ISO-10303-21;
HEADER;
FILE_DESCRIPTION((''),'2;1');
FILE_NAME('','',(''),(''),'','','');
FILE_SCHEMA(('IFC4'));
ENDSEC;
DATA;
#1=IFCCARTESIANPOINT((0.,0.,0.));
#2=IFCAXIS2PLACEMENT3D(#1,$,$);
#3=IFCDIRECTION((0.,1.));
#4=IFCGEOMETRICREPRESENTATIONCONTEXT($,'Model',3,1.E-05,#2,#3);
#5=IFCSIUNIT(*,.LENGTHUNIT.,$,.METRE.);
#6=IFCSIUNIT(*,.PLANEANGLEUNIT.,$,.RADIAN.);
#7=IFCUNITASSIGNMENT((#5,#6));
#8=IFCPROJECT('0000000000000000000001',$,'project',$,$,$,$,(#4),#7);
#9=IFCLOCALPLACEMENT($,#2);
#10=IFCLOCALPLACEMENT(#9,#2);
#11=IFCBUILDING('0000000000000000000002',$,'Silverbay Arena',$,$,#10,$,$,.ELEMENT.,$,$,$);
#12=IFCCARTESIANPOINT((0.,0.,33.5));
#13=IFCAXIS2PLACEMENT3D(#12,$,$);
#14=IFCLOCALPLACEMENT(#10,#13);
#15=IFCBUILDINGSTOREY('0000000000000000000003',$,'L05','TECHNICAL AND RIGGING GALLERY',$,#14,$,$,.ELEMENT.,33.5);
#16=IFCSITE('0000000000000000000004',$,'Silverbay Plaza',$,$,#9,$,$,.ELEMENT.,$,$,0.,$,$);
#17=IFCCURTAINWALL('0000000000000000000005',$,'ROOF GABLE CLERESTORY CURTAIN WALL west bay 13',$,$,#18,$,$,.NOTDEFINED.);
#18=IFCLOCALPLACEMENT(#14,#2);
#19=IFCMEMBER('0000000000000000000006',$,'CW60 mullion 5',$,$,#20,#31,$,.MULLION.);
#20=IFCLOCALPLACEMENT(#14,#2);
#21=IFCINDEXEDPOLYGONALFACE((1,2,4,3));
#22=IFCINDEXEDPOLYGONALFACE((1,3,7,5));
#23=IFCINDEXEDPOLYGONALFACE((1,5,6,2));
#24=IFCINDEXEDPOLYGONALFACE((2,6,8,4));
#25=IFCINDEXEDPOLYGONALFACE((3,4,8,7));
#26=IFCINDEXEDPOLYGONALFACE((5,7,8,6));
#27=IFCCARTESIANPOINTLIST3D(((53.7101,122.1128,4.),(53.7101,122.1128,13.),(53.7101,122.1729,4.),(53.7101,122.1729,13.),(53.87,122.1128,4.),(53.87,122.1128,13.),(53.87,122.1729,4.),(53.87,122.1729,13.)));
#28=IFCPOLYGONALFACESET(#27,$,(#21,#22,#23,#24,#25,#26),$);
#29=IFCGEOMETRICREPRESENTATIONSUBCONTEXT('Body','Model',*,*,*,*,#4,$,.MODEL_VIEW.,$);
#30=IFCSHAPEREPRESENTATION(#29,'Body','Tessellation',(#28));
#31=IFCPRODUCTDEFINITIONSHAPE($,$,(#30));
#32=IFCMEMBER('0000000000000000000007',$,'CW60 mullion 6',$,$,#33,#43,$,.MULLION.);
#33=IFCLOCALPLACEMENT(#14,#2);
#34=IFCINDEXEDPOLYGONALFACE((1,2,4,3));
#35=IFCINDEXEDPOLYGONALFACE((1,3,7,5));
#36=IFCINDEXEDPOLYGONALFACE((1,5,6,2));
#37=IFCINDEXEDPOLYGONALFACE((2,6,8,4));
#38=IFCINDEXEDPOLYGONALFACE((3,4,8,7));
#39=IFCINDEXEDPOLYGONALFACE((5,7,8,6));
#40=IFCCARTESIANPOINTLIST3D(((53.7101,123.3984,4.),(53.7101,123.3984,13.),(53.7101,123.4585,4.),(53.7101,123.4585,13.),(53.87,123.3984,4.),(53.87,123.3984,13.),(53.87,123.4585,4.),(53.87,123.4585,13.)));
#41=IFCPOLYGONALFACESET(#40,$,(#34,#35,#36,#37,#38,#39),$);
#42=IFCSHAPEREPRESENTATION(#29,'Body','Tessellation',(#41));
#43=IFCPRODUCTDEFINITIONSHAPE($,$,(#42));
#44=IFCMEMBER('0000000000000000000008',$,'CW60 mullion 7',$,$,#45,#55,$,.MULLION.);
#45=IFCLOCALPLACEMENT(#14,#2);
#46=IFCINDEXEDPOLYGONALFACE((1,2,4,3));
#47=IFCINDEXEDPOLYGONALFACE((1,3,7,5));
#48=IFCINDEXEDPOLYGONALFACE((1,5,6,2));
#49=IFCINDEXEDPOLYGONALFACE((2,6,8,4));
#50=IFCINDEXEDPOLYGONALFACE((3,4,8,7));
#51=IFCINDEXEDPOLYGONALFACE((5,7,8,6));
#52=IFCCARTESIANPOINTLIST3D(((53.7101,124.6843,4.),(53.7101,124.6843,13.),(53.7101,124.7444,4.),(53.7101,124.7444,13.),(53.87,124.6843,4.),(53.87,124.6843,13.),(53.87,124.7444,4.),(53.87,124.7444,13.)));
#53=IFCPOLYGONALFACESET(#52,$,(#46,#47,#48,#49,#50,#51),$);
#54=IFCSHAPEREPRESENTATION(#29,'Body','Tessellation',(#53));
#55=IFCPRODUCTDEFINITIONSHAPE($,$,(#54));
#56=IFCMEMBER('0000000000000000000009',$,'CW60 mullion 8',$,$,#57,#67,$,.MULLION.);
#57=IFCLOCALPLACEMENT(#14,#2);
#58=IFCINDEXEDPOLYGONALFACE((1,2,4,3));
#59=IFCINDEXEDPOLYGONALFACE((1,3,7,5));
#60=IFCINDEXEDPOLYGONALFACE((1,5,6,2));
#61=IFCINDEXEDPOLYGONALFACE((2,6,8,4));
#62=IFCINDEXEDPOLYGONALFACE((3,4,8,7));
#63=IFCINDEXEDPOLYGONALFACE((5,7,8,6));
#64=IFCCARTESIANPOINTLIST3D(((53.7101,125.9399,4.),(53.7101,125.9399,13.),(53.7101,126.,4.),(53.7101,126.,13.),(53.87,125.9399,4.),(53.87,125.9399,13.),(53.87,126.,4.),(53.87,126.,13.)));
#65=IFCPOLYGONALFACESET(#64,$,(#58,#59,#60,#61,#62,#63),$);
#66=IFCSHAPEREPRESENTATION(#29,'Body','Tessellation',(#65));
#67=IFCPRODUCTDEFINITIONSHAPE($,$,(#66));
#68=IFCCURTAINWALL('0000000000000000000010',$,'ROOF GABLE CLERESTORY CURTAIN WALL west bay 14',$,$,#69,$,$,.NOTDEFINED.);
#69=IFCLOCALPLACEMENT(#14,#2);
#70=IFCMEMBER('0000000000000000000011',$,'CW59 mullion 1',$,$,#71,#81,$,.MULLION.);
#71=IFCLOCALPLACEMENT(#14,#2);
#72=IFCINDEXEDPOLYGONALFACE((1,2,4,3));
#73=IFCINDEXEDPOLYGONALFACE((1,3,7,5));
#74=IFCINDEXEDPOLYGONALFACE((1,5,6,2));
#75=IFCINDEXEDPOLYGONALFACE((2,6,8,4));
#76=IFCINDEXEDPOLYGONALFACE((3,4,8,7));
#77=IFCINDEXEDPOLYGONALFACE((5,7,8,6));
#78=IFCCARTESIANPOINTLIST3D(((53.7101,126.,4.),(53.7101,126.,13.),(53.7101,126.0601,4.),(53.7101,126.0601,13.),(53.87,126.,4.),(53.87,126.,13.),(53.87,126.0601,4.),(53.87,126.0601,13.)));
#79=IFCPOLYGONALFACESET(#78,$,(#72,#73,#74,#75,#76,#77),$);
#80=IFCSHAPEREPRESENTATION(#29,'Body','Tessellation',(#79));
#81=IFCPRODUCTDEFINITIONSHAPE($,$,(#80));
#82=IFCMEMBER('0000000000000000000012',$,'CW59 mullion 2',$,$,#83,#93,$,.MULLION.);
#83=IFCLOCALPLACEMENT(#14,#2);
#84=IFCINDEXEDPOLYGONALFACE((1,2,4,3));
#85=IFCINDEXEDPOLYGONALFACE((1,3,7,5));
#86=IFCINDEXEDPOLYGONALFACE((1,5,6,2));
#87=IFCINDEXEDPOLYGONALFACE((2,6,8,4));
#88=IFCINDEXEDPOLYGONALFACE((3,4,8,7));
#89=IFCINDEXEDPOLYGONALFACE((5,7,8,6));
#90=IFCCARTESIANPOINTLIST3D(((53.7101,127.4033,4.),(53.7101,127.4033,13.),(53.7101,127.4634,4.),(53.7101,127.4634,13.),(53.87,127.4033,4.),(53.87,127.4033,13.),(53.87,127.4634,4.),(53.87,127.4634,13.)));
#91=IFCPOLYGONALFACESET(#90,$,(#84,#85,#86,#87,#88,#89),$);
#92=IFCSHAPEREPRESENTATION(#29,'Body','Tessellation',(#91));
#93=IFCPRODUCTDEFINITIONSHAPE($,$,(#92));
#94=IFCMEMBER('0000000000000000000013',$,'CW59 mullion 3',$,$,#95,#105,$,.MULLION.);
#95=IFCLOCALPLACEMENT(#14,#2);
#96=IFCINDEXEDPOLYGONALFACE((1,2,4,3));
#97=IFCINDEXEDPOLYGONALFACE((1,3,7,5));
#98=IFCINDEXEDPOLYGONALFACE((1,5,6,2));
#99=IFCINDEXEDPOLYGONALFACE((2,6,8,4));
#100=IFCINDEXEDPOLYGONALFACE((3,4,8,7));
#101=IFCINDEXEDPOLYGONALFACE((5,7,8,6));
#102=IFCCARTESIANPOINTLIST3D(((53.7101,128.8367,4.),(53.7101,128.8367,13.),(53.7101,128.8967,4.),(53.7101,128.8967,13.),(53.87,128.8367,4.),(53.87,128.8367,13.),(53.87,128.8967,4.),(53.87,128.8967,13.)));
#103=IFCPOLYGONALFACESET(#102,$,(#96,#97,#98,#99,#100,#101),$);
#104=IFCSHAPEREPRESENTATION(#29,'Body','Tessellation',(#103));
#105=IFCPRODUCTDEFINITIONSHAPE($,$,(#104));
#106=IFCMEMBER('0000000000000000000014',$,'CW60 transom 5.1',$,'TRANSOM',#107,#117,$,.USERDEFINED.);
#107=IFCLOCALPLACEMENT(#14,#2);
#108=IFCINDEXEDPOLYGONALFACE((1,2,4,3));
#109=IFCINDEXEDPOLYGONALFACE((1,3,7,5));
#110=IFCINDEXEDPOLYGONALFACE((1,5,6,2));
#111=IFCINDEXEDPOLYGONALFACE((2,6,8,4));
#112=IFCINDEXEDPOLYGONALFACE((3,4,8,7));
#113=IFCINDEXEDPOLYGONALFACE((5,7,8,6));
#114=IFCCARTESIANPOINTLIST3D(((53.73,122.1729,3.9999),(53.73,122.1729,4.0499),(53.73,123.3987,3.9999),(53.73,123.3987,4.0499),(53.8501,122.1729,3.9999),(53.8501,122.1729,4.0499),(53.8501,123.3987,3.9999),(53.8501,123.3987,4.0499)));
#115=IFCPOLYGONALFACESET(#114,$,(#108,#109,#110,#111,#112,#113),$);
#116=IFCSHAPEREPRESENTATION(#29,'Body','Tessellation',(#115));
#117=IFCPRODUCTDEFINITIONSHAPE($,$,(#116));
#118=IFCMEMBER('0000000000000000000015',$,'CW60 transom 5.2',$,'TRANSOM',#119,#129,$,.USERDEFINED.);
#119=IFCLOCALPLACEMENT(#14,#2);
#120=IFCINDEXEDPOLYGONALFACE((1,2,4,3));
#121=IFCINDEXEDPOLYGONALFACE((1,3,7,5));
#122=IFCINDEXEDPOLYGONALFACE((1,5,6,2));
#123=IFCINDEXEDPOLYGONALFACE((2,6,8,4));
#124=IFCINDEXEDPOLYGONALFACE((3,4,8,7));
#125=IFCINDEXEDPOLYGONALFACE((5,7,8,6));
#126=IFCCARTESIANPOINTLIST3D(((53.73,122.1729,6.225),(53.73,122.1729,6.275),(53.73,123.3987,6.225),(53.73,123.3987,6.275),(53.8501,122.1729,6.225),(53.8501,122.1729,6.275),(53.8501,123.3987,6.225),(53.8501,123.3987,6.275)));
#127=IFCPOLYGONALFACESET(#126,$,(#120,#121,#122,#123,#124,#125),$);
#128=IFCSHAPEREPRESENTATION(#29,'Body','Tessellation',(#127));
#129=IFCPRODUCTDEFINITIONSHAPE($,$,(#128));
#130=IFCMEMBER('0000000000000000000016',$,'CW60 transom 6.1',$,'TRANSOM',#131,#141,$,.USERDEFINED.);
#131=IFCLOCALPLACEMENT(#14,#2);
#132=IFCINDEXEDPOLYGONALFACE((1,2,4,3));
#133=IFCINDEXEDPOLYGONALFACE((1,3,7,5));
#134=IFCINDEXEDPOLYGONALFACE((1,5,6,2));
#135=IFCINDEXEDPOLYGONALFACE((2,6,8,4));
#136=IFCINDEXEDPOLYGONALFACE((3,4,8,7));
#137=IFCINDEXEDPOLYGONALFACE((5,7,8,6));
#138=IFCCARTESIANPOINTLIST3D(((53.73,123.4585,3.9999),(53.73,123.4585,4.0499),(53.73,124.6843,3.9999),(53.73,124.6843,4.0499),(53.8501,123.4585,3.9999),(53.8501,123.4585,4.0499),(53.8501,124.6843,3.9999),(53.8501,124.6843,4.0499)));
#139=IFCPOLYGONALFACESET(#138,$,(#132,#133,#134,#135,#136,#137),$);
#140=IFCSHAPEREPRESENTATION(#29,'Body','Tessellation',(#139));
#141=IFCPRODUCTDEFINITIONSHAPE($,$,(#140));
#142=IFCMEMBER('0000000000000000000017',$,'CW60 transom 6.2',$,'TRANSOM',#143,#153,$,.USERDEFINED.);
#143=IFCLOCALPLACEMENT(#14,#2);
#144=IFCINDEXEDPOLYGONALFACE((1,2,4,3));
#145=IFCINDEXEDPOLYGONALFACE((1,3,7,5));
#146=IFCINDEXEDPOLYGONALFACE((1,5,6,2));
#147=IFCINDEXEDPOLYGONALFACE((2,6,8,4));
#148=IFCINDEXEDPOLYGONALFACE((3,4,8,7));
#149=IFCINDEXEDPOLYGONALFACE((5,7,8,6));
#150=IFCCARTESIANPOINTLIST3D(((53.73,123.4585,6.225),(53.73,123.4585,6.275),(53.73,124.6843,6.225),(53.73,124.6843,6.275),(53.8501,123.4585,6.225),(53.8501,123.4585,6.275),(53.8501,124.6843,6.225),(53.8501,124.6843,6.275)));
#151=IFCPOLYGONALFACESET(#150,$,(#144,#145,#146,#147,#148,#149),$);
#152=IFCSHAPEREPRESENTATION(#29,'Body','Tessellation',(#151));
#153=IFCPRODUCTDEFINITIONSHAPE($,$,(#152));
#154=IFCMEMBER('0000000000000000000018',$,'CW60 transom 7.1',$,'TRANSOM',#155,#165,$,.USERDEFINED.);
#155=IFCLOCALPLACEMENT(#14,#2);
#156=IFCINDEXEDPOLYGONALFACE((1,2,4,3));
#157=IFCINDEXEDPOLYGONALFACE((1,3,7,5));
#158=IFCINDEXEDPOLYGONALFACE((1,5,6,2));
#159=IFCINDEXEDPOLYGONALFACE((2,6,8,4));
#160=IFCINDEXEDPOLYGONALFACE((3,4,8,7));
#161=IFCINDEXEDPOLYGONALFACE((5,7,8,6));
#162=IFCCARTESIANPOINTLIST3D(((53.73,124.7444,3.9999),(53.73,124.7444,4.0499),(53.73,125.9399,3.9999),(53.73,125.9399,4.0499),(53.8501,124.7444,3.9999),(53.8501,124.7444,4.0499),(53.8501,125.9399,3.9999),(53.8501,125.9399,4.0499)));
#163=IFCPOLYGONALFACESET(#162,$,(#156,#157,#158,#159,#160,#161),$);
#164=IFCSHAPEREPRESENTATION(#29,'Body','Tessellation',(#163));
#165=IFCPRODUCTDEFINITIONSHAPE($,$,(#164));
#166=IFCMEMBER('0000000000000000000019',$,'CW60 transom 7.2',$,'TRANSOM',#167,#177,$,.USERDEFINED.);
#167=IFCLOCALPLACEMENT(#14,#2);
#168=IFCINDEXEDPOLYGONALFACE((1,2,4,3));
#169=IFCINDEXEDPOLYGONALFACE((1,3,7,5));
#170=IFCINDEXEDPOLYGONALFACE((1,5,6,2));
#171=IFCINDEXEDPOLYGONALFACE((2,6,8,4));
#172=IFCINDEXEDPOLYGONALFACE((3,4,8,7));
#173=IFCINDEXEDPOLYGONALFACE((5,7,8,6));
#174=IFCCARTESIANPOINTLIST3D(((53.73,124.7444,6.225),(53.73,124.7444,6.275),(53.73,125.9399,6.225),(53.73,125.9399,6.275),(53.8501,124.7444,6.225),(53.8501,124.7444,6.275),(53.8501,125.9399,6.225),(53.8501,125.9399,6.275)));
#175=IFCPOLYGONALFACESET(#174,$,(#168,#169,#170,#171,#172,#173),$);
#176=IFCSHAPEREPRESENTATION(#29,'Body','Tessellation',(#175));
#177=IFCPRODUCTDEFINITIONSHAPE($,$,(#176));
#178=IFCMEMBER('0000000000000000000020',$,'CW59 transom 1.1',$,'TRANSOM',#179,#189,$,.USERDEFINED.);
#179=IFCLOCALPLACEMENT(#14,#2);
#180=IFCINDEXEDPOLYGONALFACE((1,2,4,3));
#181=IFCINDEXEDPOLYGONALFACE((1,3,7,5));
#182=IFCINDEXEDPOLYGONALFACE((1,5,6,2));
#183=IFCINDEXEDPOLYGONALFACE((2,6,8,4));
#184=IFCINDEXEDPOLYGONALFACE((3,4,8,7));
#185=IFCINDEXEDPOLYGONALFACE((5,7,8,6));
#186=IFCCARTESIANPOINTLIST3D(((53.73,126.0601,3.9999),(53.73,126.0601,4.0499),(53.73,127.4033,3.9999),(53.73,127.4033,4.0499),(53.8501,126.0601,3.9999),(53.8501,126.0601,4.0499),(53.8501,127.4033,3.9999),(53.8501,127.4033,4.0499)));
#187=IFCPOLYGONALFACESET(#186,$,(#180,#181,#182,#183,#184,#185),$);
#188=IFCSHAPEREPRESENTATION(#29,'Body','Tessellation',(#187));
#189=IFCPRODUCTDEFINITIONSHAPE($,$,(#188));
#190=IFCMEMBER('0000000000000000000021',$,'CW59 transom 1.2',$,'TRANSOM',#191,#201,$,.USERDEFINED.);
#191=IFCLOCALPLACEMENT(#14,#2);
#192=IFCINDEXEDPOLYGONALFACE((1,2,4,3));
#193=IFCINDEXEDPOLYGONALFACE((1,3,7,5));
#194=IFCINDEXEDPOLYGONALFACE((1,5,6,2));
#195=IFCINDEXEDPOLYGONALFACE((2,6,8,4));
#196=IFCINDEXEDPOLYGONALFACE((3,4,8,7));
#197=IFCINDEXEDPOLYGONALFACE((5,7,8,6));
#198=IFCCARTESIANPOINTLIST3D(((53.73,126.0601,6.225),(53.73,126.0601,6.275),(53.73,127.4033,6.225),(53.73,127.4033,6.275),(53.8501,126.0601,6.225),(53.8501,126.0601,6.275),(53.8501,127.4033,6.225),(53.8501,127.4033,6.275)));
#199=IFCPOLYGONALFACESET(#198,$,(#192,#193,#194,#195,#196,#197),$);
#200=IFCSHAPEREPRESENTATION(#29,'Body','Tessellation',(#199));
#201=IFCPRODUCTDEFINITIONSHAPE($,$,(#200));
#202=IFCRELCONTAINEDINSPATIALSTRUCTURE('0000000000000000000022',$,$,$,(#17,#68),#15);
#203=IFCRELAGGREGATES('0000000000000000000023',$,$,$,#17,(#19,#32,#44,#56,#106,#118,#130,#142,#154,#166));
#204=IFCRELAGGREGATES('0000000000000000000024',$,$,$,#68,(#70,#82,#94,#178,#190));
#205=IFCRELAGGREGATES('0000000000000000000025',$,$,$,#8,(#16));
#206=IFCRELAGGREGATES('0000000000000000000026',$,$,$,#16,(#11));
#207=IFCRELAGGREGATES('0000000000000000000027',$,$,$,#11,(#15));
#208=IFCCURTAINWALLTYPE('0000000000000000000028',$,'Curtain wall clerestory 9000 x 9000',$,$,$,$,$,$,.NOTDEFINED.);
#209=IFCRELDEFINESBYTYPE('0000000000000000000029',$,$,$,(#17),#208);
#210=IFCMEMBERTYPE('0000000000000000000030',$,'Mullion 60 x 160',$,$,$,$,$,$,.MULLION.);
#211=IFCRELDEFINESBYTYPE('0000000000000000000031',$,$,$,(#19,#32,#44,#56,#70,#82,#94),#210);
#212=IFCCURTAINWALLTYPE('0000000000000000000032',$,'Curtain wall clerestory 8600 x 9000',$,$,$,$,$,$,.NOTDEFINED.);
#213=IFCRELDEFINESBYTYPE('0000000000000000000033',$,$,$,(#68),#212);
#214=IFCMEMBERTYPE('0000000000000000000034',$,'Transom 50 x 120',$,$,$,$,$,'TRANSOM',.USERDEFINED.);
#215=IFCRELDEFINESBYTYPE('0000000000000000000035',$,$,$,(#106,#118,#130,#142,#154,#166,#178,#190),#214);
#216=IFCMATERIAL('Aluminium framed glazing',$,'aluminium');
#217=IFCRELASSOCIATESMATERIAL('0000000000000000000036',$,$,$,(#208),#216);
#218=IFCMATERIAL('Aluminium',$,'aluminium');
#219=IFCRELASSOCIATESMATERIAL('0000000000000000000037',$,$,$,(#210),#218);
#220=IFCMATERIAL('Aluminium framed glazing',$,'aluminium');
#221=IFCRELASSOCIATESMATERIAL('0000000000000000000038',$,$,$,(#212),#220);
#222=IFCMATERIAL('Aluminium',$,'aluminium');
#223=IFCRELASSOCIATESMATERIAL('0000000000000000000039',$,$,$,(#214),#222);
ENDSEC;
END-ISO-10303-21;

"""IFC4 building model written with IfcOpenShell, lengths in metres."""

from ifc_helpers import new_model, si_unit, direction, frame, origin, origin_2d, place, context, subcontext, project, spatial, rectangle, extrude, material, material_profile, profile_set, type_object, element, aggregate, save


model = new_model("IFC4")

# Units and contexts
model_context = context("Model", 3, precision=1e-05, world=origin(), true_north=direction((0.0, 1.0)))
body_context = subcontext(model_context, "Body", "Model", "MODEL_VIEW")
ifc_project = project(units=[si_unit("LENGTHUNIT", "METRE"), si_unit("PLANEANGLEUNIT", "RADIAN")], contexts=[model_context])

# Site, building, storey
site_placement = place(None, origin())
site = spatial("IfcSite", under=ifc_project, at=site_placement, Name="Silverbay Plaza", CompositionType="ELEMENT", RefElevation=0.0)
building_placement = place(site_placement, origin())
building = spatial("IfcBuilding", under=site, at=building_placement, Name="Silverbay Arena", CompositionType="ELEMENT")
storey_placement = place(building_placement, frame((0.0, 0.0, 33.5)))
storey = spatial("IfcBuildingStorey", under=building, at=storey_placement, Name="L05", Description="TECHNICAL AND RIGGING GALLERY", CompositionType="ELEMENT", Elevation=33.5)

# Curtain walls, members
ifc_material_1 = material(Name="Aluminium framed glazing", Category="aluminium")
curtain_wall_type_1 = type_object("IfcCurtainWallType", Name="Curtain wall clerestory 9000 x 9000", PredefinedType="NOTDEFINED", material=ifc_material_1)
curtain_wall_1_placement = place(storey_placement, origin())
curtain_wall_1 = element("IfcCurtainWall", 1, at=curtain_wall_1_placement, inside=storey, type_object=curtain_wall_type_1, Name="ROOF GABLE CLERESTORY CURTAIN WALL west bay 13", PredefinedType="NOTDEFINED")
ifc_material_2 = material(Name="Aluminium", Category="aluminium")
ifc_material_profile_1 = material_profile(ifc_material_2, rectangle(XDim=0.1599, YDim=0.0601, at=origin_2d()), Name="Mullion 60 x 160")
ifc_profile_set_1 = profile_set([ifc_material_profile_1], Name="Aluminium")
member_type_1 = type_object("IfcMemberType", Name="Mullion 60 x 160", PredefinedType="MULLION", material=ifc_profile_set_1)
member_1_placement = place(storey_placement, frame((53.79, 122.1428, 4.0), z_axis=(0.0, 0.0, 1.0), x_axis=(-1.0, 0.0, 0.0)))
member_1 = element("IfcMember", 2, at=member_1_placement, type_object=member_type_1, Name="CW60 mullion 5", PredefinedType="MULLION", context=body_context, shape_type="SweptSolid", body=[
    extrude(rectangle(XDim=0.1599, YDim=0.0601, at=origin_2d()), origin(), (0.0, 0.0, 1.0), 9.0),
])
member_2_placement = place(storey_placement, frame((53.79, 123.4285, 4.0), z_axis=(0.0, 0.0, 1.0), x_axis=(-1.0, 0.0, 0.0)))
member_2 = element("IfcMember", 3, at=member_2_placement, type_object=member_type_1, Name="CW60 mullion 6", PredefinedType="MULLION", context=body_context, shape_type="SweptSolid", body=[
    extrude(rectangle(XDim=0.1599, YDim=0.0601, at=origin_2d()), origin(), (0.0, 0.0, 1.0), 9.0),
])
member_3_placement = place(storey_placement, frame((53.79, 124.7144, 4.0), z_axis=(0.0, 0.0, 1.0), x_axis=(-1.0, 0.0, 0.0)))
member_3 = element("IfcMember", 4, at=member_3_placement, type_object=member_type_1, Name="CW60 mullion 7", PredefinedType="MULLION", context=body_context, shape_type="SweptSolid", body=[
    extrude(rectangle(XDim=0.1599, YDim=0.0601, at=origin_2d()), origin(), (0.0, 0.0, 1.0), 9.0),
])
member_4_placement = place(storey_placement, frame((53.79, 125.97, 4.0), z_axis=(0.0, 0.0, 1.0), x_axis=(-1.0, 0.0, 0.0)))
member_4 = element("IfcMember", 5, at=member_4_placement, type_object=member_type_1, Name="CW60 mullion 8", PredefinedType="MULLION", context=body_context, shape_type="SweptSolid", body=[
    extrude(rectangle(XDim=0.1599, YDim=0.0601, at=origin_2d()), origin(), (0.0, 0.0, 1.0), 9.0),
])
ifc_material_3 = material(Name="Aluminium framed glazing", Category="aluminium")
curtain_wall_type_2 = type_object("IfcCurtainWallType", Name="Curtain wall clerestory 8600 x 9000", PredefinedType="NOTDEFINED", material=ifc_material_3)
curtain_wall_2_placement = place(storey_placement, origin())
curtain_wall_2 = element("IfcCurtainWall", 6, at=curtain_wall_2_placement, inside=storey, type_object=curtain_wall_type_2, Name="ROOF GABLE CLERESTORY CURTAIN WALL west bay 14", PredefinedType="NOTDEFINED")
member_5_placement = place(storey_placement, frame((53.79, 126.03, 4.0), z_axis=(0.0, 0.0, 1.0), x_axis=(-1.0, 0.0, 0.0)))
member_5 = element("IfcMember", 7, at=member_5_placement, type_object=member_type_1, Name="CW59 mullion 1", PredefinedType="MULLION", context=body_context, shape_type="SweptSolid", body=[
    extrude(rectangle(XDim=0.1599, YDim=0.0601, at=origin_2d()), origin(), (0.0, 0.0, 1.0), 9.0),
])
member_6_placement = place(storey_placement, frame((53.79, 127.4333, 4.0), z_axis=(0.0, 0.0, 1.0), x_axis=(-1.0, 0.0, 0.0)))
member_6 = element("IfcMember", 8, at=member_6_placement, type_object=member_type_1, Name="CW59 mullion 2", PredefinedType="MULLION", context=body_context, shape_type="SweptSolid", body=[
    extrude(rectangle(XDim=0.1599, YDim=0.0601, at=origin_2d()), origin(), (0.0, 0.0, 1.0), 9.0),
])
member_7_placement = place(storey_placement, frame((53.79, 128.8667, 4.0), z_axis=(0.0, 0.0, 1.0), x_axis=(-1.0, 0.0, 0.0)))
member_7 = element("IfcMember", 9, at=member_7_placement, type_object=member_type_1, Name="CW59 mullion 3", PredefinedType="MULLION", context=body_context, shape_type="SweptSolid", body=[
    extrude(rectangle(XDim=0.1599, YDim=0.0601, at=origin_2d()), origin(), (0.0, 0.0, 1.0), 9.0),
])

# Members
ifc_material_4 = material(Name="Aluminium", Category="aluminium")
ifc_material_profile_2 = material_profile(ifc_material_4, rectangle(XDim=0.1201, YDim=0.05, at=origin_2d()), Name="Transom 50 x 120")
ifc_profile_set_2 = profile_set([ifc_material_profile_2], Name="Aluminium")
member_type_2 = type_object("IfcMemberType", Name="Transom 50 x 120", ElementType="TRANSOM", PredefinedType="USERDEFINED", material=ifc_profile_set_2)
member_8_placement = place(storey_placement, frame((53.79, 122.1729, 4.0249), z_axis=(0.0, 1.0, 0.0), x_axis=(-1.0, 0.0, 0.0)))
member_8 = element("IfcMember", 10, at=member_8_placement, type_object=member_type_2, Name="CW60 transom 5.1", ObjectType="TRANSOM", PredefinedType="USERDEFINED", context=body_context, shape_type="SweptSolid", body=[
    extrude(rectangle(XDim=0.1201, YDim=0.05, at=origin_2d()), origin(), (0.0, 0.0, 1.0), 1.2258),
])
member_9_placement = place(storey_placement, frame((53.79, 122.1729, 6.25), z_axis=(0.0, 1.0, 0.0), x_axis=(-1.0, 0.0, 0.0)))
member_9 = element("IfcMember", 11, at=member_9_placement, type_object=member_type_2, Name="CW60 transom 5.2", ObjectType="TRANSOM", PredefinedType="USERDEFINED", context=body_context, shape_type="SweptSolid", body=[
    extrude(rectangle(XDim=0.1201, YDim=0.05, at=origin_2d()), origin(), (0.0, 0.0, 1.0), 1.2258),
])
member_10_placement = place(storey_placement, frame((53.79, 123.4585, 4.0249), z_axis=(0.0, 1.0, 0.0), x_axis=(-1.0, 0.0, 0.0)))
member_10 = element("IfcMember", 12, at=member_10_placement, type_object=member_type_2, Name="CW60 transom 6.1", ObjectType="TRANSOM", PredefinedType="USERDEFINED", context=body_context, shape_type="SweptSolid", body=[
    extrude(rectangle(XDim=0.1201, YDim=0.05, at=origin_2d()), origin(), (0.0, 0.0, 1.0), 1.2258),
])
member_11_placement = place(storey_placement, frame((53.79, 123.4585, 6.25), z_axis=(0.0, 1.0, 0.0), x_axis=(-1.0, 0.0, 0.0)))
member_11 = element("IfcMember", 13, at=member_11_placement, type_object=member_type_2, Name="CW60 transom 6.2", ObjectType="TRANSOM", PredefinedType="USERDEFINED", context=body_context, shape_type="SweptSolid", body=[
    extrude(rectangle(XDim=0.1201, YDim=0.05, at=origin_2d()), origin(), (0.0, 0.0, 1.0), 1.2258),
])
member_12_placement = place(storey_placement, frame((53.79, 124.7444, 4.0249), z_axis=(0.0, 1.0, 0.0), x_axis=(-1.0, 0.0, 0.0)))
member_12 = element("IfcMember", 14, at=member_12_placement, type_object=member_type_2, Name="CW60 transom 7.1", ObjectType="TRANSOM", PredefinedType="USERDEFINED", context=body_context, shape_type="SweptSolid", body=[
    extrude(rectangle(XDim=0.1201, YDim=0.05, at=origin_2d()), origin(), (0.0, 0.0, 1.0), 1.1956),
])
member_13_placement = place(storey_placement, frame((53.79, 124.7444, 6.25), z_axis=(0.0, 1.0, 0.0), x_axis=(-1.0, 0.0, 0.0)))
member_13 = element("IfcMember", 15, at=member_13_placement, type_object=member_type_2, Name="CW60 transom 7.2", ObjectType="TRANSOM", PredefinedType="USERDEFINED", context=body_context, shape_type="SweptSolid", body=[
    extrude(rectangle(XDim=0.1201, YDim=0.05, at=origin_2d()), origin(), (0.0, 0.0, 1.0), 1.1956),
])
member_14_placement = place(storey_placement, frame((53.79, 126.0601, 4.0249), z_axis=(0.0, 1.0, 0.0), x_axis=(-1.0, 0.0, 0.0)))
member_14 = element("IfcMember", 16, at=member_14_placement, type_object=member_type_2, Name="CW59 transom 1.1", ObjectType="TRANSOM", PredefinedType="USERDEFINED", context=body_context, shape_type="SweptSolid", body=[
    extrude(rectangle(XDim=0.1201, YDim=0.05, at=origin_2d()), origin(), (0.0, 0.0, 1.0), 1.3433),
])
member_15_placement = place(storey_placement, frame((53.79, 126.0601, 6.25), z_axis=(0.0, 1.0, 0.0), x_axis=(-1.0, 0.0, 0.0)))
member_15 = element("IfcMember", 17, at=member_15_placement, type_object=member_type_2, Name="CW59 transom 1.2", ObjectType="TRANSOM", PredefinedType="USERDEFINED", context=body_context, shape_type="SweptSolid", body=[
    extrude(rectangle(XDim=0.1201, YDim=0.05, at=origin_2d()), origin(), (0.0, 0.0, 1.0), 1.3433),
])

aggregate(curtain_wall_1, [member_1, member_2, member_3, member_4, member_8, member_9, member_10, member_11, member_12, member_13])
aggregate(curtain_wall_2, [member_5, member_6, member_7, member_14, member_15])

save(model, "model.ifc")
